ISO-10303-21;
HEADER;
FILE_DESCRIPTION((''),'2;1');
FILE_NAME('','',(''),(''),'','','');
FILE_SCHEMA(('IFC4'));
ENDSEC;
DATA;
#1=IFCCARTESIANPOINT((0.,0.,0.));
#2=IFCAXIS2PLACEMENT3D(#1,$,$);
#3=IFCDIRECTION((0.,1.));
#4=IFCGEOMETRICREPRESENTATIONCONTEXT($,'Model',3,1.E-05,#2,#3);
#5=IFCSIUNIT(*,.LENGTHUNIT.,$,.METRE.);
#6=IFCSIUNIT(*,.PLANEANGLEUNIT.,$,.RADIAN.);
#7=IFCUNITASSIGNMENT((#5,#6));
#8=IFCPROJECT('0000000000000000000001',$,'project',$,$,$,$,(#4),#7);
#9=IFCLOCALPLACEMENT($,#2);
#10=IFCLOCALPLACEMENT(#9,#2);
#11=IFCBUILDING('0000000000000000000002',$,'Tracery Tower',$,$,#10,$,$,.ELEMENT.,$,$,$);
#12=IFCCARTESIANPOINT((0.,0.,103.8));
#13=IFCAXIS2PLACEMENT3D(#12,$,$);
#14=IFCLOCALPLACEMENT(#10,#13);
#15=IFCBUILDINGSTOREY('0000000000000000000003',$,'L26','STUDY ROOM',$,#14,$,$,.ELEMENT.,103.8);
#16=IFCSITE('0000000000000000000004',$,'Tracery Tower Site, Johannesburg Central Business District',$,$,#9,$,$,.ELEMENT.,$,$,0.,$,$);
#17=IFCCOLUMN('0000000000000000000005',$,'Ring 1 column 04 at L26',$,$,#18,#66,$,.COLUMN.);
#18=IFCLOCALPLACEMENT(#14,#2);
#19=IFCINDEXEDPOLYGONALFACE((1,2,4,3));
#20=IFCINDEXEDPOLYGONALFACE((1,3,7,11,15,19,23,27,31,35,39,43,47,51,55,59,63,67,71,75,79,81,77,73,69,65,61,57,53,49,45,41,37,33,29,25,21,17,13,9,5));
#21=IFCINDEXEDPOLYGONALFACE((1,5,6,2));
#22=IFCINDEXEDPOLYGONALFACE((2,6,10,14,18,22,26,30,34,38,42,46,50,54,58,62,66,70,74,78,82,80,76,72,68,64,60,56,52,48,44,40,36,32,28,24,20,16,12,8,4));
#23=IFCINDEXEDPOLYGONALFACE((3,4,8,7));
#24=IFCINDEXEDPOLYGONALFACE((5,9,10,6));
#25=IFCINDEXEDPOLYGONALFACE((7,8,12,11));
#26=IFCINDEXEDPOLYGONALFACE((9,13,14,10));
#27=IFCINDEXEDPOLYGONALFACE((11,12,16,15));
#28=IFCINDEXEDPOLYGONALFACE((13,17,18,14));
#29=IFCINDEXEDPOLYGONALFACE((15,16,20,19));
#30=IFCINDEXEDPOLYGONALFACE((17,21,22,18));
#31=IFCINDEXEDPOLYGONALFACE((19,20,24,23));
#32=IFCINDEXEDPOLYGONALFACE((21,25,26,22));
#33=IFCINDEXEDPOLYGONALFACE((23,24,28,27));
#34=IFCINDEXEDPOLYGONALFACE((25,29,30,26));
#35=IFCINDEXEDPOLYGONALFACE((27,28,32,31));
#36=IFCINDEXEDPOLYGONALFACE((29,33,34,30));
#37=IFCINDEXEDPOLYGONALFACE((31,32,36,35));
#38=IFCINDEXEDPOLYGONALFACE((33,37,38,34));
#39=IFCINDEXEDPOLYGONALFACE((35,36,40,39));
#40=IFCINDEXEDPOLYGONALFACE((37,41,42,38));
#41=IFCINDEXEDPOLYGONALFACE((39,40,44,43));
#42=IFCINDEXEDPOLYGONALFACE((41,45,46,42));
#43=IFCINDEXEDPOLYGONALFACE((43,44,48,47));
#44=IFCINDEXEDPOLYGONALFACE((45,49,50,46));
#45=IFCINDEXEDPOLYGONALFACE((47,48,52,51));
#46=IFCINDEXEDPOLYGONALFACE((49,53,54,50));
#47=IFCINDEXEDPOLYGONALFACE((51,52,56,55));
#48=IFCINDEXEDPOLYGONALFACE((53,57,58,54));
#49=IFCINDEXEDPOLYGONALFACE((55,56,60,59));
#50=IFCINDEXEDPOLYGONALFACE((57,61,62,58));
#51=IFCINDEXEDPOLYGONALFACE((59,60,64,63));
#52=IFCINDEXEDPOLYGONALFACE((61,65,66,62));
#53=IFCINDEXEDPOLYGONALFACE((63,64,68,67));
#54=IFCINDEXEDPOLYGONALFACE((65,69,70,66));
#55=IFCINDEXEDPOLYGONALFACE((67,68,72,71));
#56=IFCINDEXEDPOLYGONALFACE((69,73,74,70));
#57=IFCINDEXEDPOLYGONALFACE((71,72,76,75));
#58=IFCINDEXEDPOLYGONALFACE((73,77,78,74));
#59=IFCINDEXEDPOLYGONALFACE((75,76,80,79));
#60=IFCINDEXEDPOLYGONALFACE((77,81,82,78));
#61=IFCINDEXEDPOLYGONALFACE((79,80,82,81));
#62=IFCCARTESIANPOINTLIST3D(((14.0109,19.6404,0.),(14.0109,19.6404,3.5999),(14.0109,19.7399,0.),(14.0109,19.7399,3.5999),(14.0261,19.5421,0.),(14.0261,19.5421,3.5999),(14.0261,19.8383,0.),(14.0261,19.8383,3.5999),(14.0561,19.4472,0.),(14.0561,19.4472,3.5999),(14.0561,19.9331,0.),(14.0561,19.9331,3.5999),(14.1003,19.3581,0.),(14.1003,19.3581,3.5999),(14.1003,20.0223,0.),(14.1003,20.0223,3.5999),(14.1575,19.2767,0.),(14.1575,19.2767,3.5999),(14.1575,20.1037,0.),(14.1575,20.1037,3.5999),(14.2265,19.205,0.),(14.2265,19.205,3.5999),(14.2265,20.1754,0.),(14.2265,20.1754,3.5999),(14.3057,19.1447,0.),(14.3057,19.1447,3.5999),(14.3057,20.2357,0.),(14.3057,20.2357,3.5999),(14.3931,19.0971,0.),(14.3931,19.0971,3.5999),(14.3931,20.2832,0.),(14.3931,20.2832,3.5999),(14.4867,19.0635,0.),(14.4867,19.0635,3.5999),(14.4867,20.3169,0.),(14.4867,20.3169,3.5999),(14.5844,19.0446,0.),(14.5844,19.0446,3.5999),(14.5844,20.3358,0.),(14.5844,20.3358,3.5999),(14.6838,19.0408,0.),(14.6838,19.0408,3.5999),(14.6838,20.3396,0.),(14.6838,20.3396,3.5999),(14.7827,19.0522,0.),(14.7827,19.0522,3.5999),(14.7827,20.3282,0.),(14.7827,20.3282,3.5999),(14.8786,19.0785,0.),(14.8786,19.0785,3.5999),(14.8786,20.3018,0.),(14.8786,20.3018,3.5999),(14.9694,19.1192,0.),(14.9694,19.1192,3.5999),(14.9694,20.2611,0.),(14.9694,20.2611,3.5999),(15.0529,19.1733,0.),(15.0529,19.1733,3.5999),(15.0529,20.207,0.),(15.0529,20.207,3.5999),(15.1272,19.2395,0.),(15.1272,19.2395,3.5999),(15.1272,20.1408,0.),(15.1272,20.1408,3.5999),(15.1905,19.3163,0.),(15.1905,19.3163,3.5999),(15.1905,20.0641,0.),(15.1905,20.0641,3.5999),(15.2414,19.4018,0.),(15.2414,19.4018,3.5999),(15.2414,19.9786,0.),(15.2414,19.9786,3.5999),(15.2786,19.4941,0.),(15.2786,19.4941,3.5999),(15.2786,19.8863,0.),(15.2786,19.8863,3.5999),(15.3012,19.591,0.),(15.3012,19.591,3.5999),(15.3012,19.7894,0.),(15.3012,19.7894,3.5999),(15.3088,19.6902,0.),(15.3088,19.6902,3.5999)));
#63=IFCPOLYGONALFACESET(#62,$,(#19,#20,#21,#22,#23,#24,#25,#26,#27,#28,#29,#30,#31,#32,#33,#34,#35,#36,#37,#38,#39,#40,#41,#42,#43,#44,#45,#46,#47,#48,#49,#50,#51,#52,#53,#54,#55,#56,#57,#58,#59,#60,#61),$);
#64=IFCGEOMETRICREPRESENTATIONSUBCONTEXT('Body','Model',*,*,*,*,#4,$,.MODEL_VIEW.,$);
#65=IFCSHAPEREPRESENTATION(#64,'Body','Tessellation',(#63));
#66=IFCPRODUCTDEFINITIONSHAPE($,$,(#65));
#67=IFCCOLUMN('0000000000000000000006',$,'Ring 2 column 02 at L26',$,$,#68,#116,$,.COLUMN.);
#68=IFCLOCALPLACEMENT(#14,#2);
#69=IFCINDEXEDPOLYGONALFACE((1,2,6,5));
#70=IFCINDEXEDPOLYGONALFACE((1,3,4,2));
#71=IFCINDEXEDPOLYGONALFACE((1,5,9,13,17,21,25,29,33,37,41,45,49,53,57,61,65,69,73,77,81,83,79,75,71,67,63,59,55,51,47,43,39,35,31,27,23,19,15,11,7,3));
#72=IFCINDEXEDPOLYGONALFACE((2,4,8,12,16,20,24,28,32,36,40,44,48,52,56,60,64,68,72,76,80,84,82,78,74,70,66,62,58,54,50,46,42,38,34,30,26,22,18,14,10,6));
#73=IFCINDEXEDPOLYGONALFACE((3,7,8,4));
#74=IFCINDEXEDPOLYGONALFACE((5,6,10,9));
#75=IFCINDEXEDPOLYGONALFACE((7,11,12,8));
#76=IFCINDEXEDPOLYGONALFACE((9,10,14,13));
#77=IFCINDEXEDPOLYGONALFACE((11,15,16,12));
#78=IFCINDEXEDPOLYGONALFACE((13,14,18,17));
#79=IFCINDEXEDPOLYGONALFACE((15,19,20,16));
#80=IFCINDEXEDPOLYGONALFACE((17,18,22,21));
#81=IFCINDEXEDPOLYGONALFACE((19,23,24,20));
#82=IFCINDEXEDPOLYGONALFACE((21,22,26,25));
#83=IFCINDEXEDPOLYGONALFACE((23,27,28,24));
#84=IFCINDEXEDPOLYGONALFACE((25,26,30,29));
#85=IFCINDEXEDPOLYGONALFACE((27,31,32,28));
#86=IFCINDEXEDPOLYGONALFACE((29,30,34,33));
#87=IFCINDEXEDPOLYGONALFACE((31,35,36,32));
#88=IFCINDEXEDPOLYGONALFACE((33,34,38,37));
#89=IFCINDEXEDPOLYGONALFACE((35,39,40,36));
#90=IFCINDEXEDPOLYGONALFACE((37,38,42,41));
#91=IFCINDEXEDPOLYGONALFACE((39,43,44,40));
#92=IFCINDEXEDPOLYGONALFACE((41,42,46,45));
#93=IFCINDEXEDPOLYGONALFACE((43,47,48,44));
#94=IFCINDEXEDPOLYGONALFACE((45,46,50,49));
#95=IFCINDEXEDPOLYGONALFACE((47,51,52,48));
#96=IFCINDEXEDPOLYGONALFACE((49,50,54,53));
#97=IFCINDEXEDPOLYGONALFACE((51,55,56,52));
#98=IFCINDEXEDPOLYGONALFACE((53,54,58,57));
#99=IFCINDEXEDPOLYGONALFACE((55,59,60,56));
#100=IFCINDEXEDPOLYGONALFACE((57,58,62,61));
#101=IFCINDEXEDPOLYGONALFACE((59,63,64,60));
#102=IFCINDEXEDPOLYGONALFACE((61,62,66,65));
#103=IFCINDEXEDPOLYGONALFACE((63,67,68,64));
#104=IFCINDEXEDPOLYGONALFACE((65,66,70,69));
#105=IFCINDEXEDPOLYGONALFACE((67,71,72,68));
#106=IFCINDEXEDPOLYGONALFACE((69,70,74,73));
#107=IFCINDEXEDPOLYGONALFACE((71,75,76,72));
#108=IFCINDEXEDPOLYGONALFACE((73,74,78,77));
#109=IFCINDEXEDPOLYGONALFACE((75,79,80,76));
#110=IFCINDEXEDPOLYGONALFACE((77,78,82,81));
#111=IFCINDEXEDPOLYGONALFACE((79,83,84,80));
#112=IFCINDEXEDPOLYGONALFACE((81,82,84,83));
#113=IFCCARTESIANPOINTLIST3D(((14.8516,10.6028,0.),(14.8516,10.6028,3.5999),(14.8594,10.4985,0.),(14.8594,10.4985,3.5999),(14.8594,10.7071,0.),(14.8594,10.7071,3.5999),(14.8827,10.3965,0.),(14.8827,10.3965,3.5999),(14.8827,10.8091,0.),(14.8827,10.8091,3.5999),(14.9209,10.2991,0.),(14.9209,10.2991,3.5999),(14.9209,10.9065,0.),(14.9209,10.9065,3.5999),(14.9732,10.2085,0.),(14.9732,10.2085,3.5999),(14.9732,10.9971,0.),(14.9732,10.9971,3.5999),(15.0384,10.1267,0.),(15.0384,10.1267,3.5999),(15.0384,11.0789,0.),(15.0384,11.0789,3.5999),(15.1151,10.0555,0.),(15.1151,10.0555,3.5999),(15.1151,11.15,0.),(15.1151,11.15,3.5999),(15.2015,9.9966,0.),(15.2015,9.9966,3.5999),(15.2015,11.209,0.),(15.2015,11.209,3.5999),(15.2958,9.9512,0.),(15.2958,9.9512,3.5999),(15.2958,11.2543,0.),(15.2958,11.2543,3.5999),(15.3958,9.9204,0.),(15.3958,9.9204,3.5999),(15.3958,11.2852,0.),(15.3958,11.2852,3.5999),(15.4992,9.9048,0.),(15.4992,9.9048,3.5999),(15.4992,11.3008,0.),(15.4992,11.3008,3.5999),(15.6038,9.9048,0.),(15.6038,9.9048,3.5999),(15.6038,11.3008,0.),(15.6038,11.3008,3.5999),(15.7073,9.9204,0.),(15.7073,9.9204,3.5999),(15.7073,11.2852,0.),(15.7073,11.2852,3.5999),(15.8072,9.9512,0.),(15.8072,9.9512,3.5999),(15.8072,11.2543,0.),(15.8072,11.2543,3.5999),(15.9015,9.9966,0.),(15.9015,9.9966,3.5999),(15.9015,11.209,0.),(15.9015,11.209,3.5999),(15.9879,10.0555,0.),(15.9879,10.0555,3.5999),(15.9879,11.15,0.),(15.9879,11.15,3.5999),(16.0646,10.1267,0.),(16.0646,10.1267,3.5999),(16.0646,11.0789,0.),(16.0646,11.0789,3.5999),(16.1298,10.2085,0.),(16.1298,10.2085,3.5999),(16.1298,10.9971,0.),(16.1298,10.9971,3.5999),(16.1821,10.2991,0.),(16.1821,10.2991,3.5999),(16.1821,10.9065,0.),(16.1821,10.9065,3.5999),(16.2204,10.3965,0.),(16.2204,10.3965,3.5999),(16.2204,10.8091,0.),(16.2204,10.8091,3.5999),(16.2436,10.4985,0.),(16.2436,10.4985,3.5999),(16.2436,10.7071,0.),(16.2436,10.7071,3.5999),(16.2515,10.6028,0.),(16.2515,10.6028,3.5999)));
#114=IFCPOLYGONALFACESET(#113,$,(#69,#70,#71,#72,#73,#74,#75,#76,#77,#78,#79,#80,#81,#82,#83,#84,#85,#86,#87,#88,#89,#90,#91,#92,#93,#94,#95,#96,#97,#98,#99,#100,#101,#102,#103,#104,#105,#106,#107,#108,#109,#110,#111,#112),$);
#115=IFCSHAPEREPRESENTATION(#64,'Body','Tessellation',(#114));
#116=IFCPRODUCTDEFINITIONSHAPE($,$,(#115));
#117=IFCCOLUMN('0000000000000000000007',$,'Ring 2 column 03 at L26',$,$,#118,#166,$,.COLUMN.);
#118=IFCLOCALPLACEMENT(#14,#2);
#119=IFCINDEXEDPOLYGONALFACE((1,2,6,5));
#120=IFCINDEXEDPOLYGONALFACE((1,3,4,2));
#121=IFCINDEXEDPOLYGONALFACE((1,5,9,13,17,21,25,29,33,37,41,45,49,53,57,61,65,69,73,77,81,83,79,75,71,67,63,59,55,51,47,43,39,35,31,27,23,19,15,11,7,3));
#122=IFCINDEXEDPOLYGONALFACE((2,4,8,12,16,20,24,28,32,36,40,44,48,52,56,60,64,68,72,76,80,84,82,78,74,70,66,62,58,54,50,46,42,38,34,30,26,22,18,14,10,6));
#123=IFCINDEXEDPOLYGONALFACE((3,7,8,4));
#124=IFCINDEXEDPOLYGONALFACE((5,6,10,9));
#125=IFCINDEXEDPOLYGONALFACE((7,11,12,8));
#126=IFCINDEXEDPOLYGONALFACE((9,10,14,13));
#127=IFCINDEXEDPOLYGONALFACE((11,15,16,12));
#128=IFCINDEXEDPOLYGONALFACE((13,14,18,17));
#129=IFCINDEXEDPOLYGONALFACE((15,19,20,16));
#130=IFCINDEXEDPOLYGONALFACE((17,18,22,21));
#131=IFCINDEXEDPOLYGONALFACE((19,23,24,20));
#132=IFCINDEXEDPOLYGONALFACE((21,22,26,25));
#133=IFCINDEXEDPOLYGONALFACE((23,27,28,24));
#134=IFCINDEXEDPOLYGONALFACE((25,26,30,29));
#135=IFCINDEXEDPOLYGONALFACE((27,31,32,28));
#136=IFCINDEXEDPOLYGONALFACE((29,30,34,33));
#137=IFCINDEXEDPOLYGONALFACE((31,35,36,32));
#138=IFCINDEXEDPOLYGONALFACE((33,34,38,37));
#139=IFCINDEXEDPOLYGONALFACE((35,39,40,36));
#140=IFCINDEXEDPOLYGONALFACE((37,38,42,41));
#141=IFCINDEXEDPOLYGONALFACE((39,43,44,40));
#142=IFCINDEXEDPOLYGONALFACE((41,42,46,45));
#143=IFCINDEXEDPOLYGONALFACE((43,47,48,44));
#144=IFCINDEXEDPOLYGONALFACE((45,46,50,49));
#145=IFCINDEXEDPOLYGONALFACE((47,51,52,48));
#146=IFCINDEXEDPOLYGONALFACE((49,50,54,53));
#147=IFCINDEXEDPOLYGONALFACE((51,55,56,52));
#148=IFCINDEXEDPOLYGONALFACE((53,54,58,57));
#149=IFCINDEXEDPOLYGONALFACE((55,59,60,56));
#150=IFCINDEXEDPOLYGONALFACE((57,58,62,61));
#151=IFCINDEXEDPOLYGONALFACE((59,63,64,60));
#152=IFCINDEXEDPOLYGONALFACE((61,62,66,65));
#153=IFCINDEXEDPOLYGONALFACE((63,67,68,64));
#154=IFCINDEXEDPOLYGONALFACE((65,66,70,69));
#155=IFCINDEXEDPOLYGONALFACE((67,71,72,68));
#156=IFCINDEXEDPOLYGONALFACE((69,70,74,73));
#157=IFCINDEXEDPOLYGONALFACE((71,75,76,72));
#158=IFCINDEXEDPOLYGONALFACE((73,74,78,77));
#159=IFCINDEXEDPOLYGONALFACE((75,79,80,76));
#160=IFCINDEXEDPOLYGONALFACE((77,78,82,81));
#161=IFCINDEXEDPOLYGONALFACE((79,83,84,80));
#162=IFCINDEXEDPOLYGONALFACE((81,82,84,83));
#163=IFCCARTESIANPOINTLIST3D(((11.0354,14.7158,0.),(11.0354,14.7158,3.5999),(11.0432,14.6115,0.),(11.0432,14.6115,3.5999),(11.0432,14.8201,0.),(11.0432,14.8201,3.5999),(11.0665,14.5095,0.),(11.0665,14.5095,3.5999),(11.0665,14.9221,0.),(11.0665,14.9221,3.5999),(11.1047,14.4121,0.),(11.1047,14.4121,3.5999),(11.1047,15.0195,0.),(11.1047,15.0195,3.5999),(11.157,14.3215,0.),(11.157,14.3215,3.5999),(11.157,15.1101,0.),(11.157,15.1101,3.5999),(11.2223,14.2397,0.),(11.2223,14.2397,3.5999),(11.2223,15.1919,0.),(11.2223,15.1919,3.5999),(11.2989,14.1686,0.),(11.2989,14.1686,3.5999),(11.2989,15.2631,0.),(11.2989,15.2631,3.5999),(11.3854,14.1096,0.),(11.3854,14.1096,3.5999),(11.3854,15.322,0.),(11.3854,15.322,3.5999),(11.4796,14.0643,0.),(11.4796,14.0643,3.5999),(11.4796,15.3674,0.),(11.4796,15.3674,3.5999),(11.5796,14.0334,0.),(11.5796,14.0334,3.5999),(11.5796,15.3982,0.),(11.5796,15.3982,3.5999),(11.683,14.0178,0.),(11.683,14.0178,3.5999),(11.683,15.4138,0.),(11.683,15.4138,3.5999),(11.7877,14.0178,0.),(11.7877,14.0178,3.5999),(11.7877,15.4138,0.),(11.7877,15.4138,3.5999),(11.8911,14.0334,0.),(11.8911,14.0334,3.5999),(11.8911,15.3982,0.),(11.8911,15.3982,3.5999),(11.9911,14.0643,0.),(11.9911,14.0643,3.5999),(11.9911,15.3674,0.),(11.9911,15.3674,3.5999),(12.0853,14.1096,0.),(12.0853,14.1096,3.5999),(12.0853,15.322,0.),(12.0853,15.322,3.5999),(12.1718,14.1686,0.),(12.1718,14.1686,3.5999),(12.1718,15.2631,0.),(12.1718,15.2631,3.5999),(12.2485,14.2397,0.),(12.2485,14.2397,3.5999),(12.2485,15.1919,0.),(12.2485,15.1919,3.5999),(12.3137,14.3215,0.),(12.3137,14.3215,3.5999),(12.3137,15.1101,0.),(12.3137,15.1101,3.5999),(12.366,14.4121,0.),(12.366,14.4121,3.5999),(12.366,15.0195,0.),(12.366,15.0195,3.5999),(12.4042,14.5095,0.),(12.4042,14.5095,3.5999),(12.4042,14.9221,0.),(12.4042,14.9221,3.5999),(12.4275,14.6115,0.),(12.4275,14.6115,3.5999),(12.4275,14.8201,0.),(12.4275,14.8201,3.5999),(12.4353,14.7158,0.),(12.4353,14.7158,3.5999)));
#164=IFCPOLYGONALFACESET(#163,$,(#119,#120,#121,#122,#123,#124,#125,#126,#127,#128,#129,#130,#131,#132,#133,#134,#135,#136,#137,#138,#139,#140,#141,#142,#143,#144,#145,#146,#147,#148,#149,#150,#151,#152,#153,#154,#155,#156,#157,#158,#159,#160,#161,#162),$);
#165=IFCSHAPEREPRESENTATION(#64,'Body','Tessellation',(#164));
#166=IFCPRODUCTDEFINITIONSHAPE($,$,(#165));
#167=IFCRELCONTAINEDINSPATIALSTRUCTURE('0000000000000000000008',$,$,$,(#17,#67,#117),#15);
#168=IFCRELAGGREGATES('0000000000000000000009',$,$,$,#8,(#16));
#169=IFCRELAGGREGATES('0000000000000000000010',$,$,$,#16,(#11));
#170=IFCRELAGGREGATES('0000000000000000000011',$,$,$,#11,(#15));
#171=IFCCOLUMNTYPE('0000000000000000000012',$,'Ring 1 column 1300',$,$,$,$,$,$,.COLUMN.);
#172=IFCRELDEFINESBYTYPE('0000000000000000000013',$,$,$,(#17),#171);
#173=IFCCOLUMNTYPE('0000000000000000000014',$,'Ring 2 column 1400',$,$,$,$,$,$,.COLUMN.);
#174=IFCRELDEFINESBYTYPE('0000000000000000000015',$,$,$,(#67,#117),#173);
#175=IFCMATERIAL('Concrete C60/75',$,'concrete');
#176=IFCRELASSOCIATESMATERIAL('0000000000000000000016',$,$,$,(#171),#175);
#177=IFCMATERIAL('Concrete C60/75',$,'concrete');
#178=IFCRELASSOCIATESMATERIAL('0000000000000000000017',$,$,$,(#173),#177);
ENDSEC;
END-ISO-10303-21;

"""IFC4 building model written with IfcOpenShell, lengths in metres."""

from ifc_helpers import new_model, si_unit, direction, frame, origin, origin_2d, place, context, subcontext, project, spatial, circle, extrude, material, material_profile, profile_set, type_object, element, save


model = new_model("IFC4")

# Units and contexts
model_context = context("Model", 3, precision=1e-05, world=origin(), true_north=direction((0.0, 1.0)))
body_context = subcontext(model_context, "Body", "Model", "MODEL_VIEW")
ifc_project = project(units=[si_unit("LENGTHUNIT", "METRE"), si_unit("PLANEANGLEUNIT", "RADIAN")], contexts=[model_context])

# Site, building, storey
site_placement = place(None, origin())
site = spatial("IfcSite", under=ifc_project, at=site_placement, Name="Tracery Tower Site, Johannesburg Central Business District", CompositionType="ELEMENT", RefElevation=0.0)
building_placement = place(site_placement, origin())
building = spatial("IfcBuilding", under=site, at=building_placement, Name="Tracery Tower", CompositionType="ELEMENT")
storey_placement = place(building_placement, frame((0.0, 0.0, 103.8)))
storey = spatial("IfcBuildingStorey", under=building, at=storey_placement, Name="L26", Description="STUDY ROOM", CompositionType="ELEMENT", Elevation=103.8)

# Columns
ifc_material_1 = material(Name="Concrete C60/75", Category="concrete")
ifc_material_profile_1 = material_profile(ifc_material_1, circle(Radius=0.6499, at=origin_2d()), Name="RC D1300")
ifc_profile_set_1 = profile_set([ifc_material_profile_1], Name="Concrete C60/75")
column_type_1 = type_object("IfcColumnType", Name="Ring 1 column 1300", PredefinedType="COLUMN", material=ifc_profile_set_1)
column_placement = place(storey_placement, frame((14.6589, 19.6902, 0.0), z_axis=(0.0, 0.0, 1.0), x_axis=(1.0, 0.0, 0.0)))
element("IfcColumn", 1, at=column_placement, inside=storey, type_object=column_type_1, Name="Ring 1 column 04 at L26", PredefinedType="COLUMN", context=body_context, shape_type="SweptSolid", body=[
    extrude(circle(Radius=0.6499, at=origin_2d()), origin(), (0.0, 0.0, 1.0), 3.5999),
])
ifc_material_2 = material(Name="Concrete C60/75", Category="concrete")
ifc_material_profile_2 = material_profile(ifc_material_2, circle(Radius=0.7, at=origin_2d()), Name="RC D1400")
ifc_profile_set_2 = profile_set([ifc_material_profile_2], Name="Concrete C60/75")
column_type_2 = type_object("IfcColumnType", Name="Ring 2 column 1400", PredefinedType="COLUMN", material=ifc_profile_set_2)
for number, where, z_axis, x_axis, name in (
    (2, (15.5515, 10.6028, 0.0), (0.0, 0.0, 1.0), (1.0, 0.0, 0.0), "Ring 2 column 02 at L26"),
    (3, (11.7354, 14.7158, 0.0), (0.0, 0.0, 1.0), (1.0, 0.0, 0.0), "Ring 2 column 03 at L26"),
):
    element("IfcColumn", number, at=place(storey_placement, frame(where, z_axis=z_axis, x_axis=x_axis)), inside=storey, type_object=column_type_2, Name=name, PredefinedType="COLUMN", context=body_context, shape_type="SweptSolid", body=[
        extrude(circle(Radius=0.7, at=origin_2d()), origin(), (0.0, 0.0, 1.0), 3.5999),
    ])

save(model, "model.ifc")
